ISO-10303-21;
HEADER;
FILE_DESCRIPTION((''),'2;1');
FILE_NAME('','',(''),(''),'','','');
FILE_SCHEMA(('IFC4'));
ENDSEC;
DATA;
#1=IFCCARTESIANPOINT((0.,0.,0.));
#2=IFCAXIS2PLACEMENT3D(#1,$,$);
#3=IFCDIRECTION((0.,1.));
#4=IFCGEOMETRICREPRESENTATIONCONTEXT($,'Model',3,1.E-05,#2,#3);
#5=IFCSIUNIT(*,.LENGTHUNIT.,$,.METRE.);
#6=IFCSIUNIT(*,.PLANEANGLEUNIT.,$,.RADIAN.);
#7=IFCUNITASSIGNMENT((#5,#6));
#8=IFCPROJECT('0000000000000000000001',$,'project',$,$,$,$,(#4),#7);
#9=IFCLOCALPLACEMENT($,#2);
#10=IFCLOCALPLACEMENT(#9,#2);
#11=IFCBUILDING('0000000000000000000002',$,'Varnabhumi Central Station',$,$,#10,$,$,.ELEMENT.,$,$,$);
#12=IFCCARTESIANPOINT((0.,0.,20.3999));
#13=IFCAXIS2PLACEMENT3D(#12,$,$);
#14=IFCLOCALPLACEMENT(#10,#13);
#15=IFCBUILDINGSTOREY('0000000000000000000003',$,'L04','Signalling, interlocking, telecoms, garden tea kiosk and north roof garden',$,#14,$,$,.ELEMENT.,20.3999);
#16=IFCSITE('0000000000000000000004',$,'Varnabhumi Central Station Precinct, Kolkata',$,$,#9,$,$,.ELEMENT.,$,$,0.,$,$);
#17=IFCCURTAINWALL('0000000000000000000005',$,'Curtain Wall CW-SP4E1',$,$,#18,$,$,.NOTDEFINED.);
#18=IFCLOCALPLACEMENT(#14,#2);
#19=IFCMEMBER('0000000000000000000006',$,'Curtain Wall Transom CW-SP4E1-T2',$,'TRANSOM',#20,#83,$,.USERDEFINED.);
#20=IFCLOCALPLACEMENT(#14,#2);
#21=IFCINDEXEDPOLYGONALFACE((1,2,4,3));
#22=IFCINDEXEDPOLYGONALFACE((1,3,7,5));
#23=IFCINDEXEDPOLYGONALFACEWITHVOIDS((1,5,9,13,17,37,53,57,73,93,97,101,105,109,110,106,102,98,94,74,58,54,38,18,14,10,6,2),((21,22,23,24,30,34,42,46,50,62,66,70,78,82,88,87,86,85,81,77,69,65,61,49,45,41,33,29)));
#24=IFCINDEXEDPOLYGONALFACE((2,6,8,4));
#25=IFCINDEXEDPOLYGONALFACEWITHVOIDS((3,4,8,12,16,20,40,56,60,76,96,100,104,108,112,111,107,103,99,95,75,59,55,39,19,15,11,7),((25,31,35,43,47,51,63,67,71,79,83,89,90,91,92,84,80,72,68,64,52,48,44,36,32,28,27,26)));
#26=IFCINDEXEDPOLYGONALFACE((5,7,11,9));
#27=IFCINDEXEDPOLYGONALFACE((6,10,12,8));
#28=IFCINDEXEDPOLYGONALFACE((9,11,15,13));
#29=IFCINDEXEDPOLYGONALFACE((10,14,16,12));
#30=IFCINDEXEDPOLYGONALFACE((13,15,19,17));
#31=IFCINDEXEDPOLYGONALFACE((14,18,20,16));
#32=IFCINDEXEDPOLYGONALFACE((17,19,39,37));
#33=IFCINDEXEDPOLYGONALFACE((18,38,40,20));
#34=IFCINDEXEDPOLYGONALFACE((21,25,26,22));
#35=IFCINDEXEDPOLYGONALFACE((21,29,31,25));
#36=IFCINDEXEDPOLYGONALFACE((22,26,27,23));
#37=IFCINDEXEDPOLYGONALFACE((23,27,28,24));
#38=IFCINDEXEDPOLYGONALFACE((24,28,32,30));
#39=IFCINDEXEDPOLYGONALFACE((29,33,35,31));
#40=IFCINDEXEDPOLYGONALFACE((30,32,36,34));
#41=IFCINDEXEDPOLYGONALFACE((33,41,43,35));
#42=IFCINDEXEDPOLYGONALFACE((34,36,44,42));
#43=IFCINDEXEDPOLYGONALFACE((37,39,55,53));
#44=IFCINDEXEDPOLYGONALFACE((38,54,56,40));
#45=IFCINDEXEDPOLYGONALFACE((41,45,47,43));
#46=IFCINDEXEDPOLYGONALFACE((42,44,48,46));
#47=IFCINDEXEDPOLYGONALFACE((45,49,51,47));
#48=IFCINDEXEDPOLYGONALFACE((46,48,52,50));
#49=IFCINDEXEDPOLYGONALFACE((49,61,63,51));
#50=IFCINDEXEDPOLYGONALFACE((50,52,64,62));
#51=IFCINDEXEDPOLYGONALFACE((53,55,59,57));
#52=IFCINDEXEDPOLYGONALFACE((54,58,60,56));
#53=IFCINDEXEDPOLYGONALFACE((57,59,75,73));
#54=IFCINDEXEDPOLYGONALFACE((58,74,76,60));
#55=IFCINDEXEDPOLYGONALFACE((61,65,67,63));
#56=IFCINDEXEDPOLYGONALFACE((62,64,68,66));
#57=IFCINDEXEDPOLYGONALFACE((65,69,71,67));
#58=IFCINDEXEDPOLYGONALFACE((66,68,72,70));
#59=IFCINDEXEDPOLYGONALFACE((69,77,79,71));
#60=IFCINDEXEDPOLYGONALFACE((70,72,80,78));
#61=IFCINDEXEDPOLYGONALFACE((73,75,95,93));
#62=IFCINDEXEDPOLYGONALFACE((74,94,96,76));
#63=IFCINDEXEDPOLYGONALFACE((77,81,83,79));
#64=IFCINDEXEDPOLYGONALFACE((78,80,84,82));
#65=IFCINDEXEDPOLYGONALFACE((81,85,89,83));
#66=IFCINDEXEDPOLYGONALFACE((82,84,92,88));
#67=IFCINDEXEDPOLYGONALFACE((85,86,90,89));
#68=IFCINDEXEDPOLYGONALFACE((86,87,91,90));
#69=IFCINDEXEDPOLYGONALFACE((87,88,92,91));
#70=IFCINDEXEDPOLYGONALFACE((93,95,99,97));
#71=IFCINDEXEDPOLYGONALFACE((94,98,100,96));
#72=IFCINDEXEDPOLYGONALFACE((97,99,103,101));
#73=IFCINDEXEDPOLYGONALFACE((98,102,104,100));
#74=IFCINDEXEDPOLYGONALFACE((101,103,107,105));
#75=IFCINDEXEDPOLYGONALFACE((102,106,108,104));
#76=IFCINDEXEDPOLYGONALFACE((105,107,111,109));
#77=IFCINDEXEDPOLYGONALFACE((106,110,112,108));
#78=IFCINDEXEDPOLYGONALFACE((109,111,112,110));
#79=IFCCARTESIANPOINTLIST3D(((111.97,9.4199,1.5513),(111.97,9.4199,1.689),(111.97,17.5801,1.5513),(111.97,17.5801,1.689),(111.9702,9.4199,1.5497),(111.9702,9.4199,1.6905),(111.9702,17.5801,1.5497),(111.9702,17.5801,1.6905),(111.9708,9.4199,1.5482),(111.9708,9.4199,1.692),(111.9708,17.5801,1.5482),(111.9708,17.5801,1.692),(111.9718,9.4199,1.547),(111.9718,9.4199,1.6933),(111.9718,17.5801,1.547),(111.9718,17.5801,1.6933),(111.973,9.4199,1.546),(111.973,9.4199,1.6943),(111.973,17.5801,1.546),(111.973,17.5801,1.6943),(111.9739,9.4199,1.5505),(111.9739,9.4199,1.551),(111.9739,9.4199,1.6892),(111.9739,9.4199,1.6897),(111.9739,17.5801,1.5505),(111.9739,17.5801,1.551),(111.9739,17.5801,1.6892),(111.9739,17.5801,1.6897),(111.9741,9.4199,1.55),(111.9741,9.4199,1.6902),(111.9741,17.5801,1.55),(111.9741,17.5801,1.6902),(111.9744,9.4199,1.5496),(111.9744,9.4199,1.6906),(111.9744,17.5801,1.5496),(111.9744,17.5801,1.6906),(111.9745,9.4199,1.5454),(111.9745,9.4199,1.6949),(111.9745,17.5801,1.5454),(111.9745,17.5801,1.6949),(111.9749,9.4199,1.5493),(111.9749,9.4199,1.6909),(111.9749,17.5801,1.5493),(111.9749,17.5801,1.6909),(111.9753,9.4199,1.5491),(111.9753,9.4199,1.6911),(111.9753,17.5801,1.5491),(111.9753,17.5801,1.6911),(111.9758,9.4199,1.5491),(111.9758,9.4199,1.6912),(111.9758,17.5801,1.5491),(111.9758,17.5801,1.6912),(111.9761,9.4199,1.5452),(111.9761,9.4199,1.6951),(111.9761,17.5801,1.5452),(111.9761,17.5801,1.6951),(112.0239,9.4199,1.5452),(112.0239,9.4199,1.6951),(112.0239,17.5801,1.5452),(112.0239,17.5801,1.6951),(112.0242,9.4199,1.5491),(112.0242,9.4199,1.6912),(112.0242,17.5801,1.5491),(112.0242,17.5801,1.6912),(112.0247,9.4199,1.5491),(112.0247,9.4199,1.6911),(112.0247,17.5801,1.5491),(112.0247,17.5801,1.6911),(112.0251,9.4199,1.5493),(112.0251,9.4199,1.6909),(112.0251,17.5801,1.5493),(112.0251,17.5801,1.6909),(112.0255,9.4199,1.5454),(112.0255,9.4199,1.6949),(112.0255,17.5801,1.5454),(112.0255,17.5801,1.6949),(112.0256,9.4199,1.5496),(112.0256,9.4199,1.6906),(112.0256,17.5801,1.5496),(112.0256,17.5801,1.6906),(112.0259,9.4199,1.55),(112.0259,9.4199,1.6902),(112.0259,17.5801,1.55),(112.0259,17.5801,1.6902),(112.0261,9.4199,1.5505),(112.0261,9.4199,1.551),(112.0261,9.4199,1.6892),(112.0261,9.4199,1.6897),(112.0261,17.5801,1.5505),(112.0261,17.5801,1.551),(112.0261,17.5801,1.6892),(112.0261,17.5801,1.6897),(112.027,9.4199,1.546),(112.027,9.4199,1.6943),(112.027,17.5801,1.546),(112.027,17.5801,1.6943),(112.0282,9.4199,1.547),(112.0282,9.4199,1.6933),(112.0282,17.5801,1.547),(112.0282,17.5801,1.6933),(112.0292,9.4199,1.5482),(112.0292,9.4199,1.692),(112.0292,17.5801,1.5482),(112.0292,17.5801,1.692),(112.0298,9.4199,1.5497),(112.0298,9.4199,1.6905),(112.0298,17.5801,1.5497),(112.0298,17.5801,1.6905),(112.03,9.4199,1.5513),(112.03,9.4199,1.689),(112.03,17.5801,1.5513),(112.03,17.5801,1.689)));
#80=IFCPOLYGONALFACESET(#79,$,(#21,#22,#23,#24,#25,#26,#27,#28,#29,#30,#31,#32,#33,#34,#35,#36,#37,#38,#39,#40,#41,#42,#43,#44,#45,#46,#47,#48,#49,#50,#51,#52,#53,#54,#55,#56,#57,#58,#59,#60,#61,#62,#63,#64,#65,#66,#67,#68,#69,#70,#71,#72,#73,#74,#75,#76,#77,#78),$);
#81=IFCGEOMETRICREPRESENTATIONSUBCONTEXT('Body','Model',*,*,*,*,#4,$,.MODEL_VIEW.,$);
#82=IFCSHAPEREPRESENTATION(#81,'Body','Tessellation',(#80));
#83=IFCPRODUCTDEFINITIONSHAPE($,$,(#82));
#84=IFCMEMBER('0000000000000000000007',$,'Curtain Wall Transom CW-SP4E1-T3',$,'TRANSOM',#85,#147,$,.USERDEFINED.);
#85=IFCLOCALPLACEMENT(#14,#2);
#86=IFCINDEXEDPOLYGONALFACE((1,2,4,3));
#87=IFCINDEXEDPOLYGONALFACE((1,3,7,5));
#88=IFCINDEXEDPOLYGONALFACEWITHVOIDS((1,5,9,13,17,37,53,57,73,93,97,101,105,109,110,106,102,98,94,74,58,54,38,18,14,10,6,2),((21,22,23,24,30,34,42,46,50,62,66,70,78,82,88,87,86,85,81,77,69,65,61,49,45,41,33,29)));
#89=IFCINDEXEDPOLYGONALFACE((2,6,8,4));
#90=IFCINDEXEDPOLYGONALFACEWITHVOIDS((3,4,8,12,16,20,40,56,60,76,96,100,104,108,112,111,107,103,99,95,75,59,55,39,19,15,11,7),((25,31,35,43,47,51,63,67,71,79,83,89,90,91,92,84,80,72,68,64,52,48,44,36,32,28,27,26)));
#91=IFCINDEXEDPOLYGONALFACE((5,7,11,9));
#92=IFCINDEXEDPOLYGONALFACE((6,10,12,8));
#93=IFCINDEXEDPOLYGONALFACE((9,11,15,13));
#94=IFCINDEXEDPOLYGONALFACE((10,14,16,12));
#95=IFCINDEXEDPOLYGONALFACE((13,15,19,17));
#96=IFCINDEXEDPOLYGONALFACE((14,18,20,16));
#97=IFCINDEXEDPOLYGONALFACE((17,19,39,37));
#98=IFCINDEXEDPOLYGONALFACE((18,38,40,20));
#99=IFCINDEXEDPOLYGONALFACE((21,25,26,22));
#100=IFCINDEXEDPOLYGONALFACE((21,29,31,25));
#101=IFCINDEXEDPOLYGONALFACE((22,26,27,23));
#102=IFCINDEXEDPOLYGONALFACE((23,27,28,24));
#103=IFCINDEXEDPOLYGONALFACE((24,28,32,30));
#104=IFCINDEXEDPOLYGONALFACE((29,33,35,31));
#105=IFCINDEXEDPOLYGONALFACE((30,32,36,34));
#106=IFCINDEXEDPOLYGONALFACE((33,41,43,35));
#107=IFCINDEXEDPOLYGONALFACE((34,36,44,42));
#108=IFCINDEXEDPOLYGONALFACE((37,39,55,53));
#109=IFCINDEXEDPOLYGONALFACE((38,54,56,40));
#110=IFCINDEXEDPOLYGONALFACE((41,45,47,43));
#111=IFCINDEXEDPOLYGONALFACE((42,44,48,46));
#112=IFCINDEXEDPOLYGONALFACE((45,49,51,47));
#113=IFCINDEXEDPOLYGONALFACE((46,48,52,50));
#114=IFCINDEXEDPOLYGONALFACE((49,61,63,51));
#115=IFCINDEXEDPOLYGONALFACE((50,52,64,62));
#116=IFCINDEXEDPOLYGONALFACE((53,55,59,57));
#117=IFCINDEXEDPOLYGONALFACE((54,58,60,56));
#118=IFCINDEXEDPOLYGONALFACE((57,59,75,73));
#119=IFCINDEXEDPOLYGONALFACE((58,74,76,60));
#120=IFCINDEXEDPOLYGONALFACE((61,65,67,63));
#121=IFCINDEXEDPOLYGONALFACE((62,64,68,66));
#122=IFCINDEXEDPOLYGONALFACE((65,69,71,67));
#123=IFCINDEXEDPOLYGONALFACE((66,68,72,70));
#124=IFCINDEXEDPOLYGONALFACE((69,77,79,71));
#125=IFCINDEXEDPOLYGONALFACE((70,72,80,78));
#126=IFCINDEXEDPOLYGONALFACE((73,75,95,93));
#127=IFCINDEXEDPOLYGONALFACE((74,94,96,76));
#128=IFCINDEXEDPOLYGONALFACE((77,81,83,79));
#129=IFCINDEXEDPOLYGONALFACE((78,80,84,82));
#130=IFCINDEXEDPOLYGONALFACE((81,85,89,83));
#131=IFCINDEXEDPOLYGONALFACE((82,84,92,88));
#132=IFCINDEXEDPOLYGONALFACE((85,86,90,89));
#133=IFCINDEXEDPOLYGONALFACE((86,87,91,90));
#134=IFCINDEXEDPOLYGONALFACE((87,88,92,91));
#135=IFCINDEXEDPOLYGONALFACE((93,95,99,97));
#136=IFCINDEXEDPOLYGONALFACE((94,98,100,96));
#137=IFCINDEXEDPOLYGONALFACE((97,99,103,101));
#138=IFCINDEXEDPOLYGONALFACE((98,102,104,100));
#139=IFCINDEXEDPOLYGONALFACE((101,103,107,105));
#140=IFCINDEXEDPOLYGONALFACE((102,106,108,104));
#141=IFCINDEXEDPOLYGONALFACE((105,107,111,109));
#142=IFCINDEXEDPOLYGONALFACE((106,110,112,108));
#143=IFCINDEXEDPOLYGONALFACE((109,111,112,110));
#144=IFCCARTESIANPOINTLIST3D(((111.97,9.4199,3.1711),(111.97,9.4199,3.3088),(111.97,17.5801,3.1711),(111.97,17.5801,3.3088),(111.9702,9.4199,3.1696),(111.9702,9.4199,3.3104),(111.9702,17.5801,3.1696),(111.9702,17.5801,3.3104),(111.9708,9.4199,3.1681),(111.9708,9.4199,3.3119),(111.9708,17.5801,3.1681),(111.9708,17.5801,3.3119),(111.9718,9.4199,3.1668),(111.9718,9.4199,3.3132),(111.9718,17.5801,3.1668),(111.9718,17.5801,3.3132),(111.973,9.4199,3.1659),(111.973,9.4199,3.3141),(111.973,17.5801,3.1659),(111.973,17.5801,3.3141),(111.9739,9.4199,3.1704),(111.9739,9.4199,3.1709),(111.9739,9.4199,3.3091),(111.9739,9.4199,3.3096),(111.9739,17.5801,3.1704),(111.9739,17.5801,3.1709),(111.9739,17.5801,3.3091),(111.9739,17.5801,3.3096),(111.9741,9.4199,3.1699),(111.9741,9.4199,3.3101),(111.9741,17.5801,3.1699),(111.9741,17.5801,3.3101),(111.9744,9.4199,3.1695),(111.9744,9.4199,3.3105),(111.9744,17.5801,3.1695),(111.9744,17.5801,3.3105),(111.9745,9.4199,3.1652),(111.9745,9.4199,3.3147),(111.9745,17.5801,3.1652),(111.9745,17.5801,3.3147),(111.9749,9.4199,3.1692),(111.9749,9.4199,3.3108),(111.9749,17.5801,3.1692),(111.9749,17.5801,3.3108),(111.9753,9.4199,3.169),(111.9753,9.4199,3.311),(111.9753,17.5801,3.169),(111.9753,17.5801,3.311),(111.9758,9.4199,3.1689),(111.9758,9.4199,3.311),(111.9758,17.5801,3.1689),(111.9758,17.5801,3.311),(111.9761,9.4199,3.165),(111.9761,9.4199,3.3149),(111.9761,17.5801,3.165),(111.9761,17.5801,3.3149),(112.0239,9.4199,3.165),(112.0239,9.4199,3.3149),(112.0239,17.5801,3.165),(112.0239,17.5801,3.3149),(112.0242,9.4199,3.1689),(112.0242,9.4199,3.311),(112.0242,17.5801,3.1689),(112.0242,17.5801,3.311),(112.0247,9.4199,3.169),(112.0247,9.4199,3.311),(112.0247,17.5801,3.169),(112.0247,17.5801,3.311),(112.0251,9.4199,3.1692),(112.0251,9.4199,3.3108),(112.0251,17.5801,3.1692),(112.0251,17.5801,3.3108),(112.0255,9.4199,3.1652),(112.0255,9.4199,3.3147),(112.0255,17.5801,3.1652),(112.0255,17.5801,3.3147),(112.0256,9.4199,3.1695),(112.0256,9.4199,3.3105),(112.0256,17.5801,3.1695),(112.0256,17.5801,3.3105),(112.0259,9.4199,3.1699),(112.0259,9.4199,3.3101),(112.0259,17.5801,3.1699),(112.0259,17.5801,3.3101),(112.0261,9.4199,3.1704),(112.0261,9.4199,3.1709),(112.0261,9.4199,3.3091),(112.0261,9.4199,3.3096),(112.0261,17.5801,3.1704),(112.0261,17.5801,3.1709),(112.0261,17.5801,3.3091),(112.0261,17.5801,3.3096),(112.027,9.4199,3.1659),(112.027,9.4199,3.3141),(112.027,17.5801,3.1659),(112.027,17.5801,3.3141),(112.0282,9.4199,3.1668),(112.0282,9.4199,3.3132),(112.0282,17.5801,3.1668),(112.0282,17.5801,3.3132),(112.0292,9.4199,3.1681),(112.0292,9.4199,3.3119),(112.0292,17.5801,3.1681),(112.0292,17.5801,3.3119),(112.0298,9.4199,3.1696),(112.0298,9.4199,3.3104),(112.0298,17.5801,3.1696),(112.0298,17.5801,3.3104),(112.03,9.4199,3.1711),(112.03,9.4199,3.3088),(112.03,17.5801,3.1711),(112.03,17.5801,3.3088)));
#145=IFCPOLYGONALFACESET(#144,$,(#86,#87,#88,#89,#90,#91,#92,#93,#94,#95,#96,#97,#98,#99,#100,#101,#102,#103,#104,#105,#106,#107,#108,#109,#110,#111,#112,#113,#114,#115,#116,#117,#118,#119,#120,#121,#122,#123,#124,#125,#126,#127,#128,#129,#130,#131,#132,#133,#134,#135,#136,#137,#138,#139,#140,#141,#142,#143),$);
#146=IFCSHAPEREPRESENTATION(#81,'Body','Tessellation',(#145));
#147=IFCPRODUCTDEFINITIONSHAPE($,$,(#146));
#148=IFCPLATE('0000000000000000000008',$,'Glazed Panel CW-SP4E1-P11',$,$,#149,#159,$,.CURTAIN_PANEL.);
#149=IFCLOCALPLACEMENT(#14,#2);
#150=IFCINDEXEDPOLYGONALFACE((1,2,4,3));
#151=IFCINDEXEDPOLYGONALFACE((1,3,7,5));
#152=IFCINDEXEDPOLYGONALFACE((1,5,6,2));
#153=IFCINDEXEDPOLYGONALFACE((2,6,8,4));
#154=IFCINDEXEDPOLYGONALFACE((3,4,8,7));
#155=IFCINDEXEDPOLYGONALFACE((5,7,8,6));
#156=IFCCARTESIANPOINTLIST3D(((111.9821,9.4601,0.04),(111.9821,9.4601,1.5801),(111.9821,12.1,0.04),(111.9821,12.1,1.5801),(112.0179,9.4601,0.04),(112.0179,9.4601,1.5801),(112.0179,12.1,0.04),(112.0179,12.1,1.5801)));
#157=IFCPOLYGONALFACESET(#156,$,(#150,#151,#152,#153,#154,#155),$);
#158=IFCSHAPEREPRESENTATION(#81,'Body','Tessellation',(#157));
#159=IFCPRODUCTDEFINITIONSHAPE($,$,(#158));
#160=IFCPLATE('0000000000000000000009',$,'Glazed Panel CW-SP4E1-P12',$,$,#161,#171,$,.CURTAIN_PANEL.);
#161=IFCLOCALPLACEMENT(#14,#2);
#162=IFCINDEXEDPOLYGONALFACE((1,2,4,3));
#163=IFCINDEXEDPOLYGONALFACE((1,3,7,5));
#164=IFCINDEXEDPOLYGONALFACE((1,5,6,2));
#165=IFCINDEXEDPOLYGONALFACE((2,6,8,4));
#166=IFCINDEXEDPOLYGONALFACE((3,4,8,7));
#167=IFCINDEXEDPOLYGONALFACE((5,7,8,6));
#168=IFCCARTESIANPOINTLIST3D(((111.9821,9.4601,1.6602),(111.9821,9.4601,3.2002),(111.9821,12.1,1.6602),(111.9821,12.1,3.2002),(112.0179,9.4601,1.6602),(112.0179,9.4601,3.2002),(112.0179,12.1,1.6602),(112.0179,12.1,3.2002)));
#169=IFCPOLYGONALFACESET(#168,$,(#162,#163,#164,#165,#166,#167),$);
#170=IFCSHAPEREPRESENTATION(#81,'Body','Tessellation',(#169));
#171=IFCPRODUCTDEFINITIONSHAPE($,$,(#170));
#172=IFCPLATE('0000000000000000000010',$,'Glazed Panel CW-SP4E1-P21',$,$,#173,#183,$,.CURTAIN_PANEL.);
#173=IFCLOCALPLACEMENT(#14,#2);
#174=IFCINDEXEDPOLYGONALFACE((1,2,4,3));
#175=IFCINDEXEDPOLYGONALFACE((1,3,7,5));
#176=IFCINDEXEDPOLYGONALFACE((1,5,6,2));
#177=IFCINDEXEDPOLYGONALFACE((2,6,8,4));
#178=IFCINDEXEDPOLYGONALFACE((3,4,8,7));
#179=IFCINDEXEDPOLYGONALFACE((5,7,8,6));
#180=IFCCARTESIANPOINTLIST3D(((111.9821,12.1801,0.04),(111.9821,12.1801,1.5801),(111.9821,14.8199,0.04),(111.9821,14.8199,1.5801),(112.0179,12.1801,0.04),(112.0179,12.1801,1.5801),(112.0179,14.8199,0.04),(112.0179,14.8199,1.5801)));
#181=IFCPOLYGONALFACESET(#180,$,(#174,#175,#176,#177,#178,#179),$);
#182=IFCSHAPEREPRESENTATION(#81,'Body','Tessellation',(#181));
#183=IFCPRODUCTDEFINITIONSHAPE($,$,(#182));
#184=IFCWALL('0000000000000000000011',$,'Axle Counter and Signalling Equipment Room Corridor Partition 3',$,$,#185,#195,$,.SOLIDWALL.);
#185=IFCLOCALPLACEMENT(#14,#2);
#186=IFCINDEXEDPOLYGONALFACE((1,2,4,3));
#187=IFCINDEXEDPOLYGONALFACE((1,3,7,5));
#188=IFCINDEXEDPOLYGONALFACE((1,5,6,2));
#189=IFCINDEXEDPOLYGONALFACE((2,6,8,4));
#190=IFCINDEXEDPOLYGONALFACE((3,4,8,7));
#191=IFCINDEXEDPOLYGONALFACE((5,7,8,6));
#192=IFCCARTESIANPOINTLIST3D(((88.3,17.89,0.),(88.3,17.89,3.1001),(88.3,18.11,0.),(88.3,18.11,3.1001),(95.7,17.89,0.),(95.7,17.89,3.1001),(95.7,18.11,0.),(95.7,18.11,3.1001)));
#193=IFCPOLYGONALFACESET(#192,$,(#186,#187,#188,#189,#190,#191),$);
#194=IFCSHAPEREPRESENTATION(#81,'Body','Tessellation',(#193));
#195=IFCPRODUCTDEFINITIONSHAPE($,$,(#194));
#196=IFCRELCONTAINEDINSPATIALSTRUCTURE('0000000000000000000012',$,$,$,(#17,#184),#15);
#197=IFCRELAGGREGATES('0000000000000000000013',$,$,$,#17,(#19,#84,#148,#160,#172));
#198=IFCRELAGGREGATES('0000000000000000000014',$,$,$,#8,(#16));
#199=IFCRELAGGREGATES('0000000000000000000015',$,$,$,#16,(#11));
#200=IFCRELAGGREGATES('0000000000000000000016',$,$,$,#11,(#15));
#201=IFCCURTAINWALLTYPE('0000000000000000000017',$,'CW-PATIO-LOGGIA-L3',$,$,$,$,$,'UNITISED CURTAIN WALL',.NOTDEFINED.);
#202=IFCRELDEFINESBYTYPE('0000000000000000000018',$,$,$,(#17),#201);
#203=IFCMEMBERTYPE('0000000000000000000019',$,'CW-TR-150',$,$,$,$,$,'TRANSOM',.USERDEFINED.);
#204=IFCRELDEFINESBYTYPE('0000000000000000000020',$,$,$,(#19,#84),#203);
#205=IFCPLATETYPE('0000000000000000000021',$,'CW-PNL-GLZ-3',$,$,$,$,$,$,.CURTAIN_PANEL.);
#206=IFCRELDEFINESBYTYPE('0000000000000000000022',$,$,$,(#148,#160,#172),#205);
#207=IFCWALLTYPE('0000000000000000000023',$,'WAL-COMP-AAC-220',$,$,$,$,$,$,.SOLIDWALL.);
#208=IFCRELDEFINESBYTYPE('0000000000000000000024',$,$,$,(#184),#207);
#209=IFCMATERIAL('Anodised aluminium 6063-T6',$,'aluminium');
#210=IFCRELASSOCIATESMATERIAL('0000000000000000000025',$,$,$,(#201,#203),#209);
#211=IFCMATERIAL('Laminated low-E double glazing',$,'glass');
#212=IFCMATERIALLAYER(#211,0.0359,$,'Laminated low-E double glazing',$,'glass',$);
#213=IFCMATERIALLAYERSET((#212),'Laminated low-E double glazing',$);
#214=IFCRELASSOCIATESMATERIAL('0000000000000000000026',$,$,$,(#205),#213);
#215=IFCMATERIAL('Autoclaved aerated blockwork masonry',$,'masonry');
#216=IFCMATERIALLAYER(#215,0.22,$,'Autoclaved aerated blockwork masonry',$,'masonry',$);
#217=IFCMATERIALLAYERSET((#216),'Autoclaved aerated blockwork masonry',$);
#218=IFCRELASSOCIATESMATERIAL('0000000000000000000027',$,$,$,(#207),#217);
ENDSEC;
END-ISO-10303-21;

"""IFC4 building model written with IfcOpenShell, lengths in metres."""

from ifc_helpers import new_model, si_unit, direction, frame, frame_2d, origin, origin_2d, place, context, subcontext, project, spatial, rectangle, hollow_rectangle, extrude, material, layer, layer_set, material_profile, profile_set, type_object, element, aggregate, save


model = new_model("IFC4")

# Units and contexts
model_context = context("Model", 3, precision=1e-05, world=origin(), true_north=direction((0.0, 1.0)))
body_context = subcontext(model_context, "Body", "Model", "MODEL_VIEW")
ifc_project = project(units=[si_unit("LENGTHUNIT", "METRE"), si_unit("PLANEANGLEUNIT", "RADIAN")], contexts=[model_context])

# Site, building, storey
site_placement = place(None, origin())
site = spatial("IfcSite", under=ifc_project, at=site_placement, Name="Varnabhumi Central Station Precinct, Kolkata", CompositionType="ELEMENT", RefElevation=0.0)
building_placement = place(site_placement, origin())
building = spatial("IfcBuilding", under=site, at=building_placement, Name="Varnabhumi Central Station", CompositionType="ELEMENT")
storey_placement = place(building_placement, frame((0.0, 0.0, 20.3999)))
storey = spatial("IfcBuildingStorey", under=building, at=storey_placement, Name="L04", Description="Signalling, interlocking, telecoms, garden tea kiosk and north roof garden", CompositionType="ELEMENT", Elevation=20.3999)

# Curtain wall, members, plates
ifc_material_1 = material(Name="Anodised aluminium 6063-T6", Category="aluminium")
curtain_wall_type = type_object("IfcCurtainWallType", Name="CW-PATIO-LOGGIA-L3", ElementType="UNITISED CURTAIN WALL", PredefinedType="NOTDEFINED", material=ifc_material_1)
curtain_wall_placement = place(storey_placement, origin())
curtain_wall = element("IfcCurtainWall", 1, at=curtain_wall_placement, inside=storey, type_object=curtain_wall_type, Name="Curtain Wall CW-SP4E1", PredefinedType="NOTDEFINED")
ifc_material_profile_1 = material_profile(ifc_material_1, hollow_rectangle(XDim=0.0601, YDim=0.1499, WallThickness=0.0039, InnerFilletRadius=0.002, OuterFilletRadius=0.0061, at=origin_2d()), Name="Anodised aluminium 6063-T6", Category="aluminium")
ifc_profile_set_1 = profile_set([ifc_material_profile_1], Name="Anodised aluminium 6063-T6")
member_type_1 = type_object("IfcMemberType", Name="CW-TR-150", ElementType="TRANSOM", PredefinedType="USERDEFINED", material=ifc_profile_set_1)
member_1_placement = place(storey_placement, frame((112.0, 9.4199, 1.6201), z_axis=(0.0, 1.0, 0.0), x_axis=(-1.0, 0.0, 0.0)))
member_1 = element("IfcMember", 2, at=member_1_placement, type_object=member_type_1, Name="Curtain Wall Transom CW-SP4E1-T2", ObjectType="TRANSOM", PredefinedType="USERDEFINED", context=body_context, shape_type="SweptSolid", body=[
    extrude(hollow_rectangle(XDim=0.0601, YDim=0.1499, WallThickness=0.0039, InnerFilletRadius=0.002, OuterFilletRadius=0.0061, at=origin_2d()), origin(), (0.0, 0.0, 1.0), 8.1602),
])
member_2_placement = place(storey_placement, frame((112.0, 9.4199, 3.24), z_axis=(0.0, 1.0, 0.0), x_axis=(-1.0, 0.0, 0.0)))
member_2 = element("IfcMember", 3, at=member_2_placement, type_object=member_type_1, Name="Curtain Wall Transom CW-SP4E1-T3", ObjectType="TRANSOM", PredefinedType="USERDEFINED", context=body_context, shape_type="SweptSolid", body=[
    extrude(hollow_rectangle(XDim=0.0601, YDim=0.1499, WallThickness=0.0039, InnerFilletRadius=0.002, OuterFilletRadius=0.0061, at=origin_2d()), origin(), (0.0, 0.0, 1.0), 8.1602),
])
ifc_material_2 = material(Name="Laminated low-E double glazing", Category="glass")
ifc_layer_1 = layer(ifc_material_2, 0.0359, Name="Laminated low-E double glazing", Category="glass")
ifc_layer_set_1 = layer_set([ifc_layer_1], Name="Laminated low-E double glazing")
plate_type = type_object("IfcPlateType", Name="CW-PNL-GLZ-3", PredefinedType="CURTAIN_PANEL", material=ifc_layer_set_1)
plate_1_placement = place(storey_placement, frame((112.0, 10.78, 0.04), z_axis=(0.0, 0.0, 1.0), x_axis=(0.0, 1.0, 0.0)))
plate_1 = element("IfcPlate", 4, at=plate_1_placement, type_object=plate_type, Name="Glazed Panel CW-SP4E1-P11", PredefinedType="CURTAIN_PANEL", context=body_context, shape_type="SweptSolid", body=[
    extrude(rectangle(XDim=2.6399, YDim=0.0359, at=origin_2d()), origin(), (0.0, 0.0, 1.0), 1.54),
])
plate_2_placement = place(storey_placement, frame((112.0, 10.78, 1.6602), z_axis=(0.0, 0.0, 1.0), x_axis=(0.0, 1.0, 0.0)))
plate_2 = element("IfcPlate", 5, at=plate_2_placement, type_object=plate_type, Name="Glazed Panel CW-SP4E1-P12", PredefinedType="CURTAIN_PANEL", context=body_context, shape_type="SweptSolid", body=[
    extrude(rectangle(XDim=2.6399, YDim=0.0359, at=origin_2d()), origin(), (0.0, 0.0, 1.0), 1.54),
])
plate_3_placement = place(storey_placement, frame((112.0, 13.5, 0.04), z_axis=(0.0, 0.0, 1.0), x_axis=(0.0, 1.0, 0.0)))
plate_3 = element("IfcPlate", 6, at=plate_3_placement, type_object=plate_type, Name="Glazed Panel CW-SP4E1-P21", PredefinedType="CURTAIN_PANEL", context=body_context, shape_type="SweptSolid", body=[
    extrude(rectangle(XDim=2.6399, YDim=0.0359, at=origin_2d()), origin(), (0.0, 0.0, 1.0), 1.54),
])
aggregate(curtain_wall, [member_1, member_2, plate_1, plate_2, plate_3])

# Wall
ifc_material_3 = material(Name="Autoclaved aerated blockwork masonry", Category="masonry")
ifc_layer_2 = layer(ifc_material_3, 0.22, Name="Autoclaved aerated blockwork masonry", Category="masonry")
ifc_layer_set_2 = layer_set([ifc_layer_2], Name="Autoclaved aerated blockwork masonry")
wall_type_1 = type_object("IfcWallType", Name="WAL-COMP-AAC-220", PredefinedType="SOLIDWALL", material=ifc_layer_set_2)
for number, where, z_axis, x_axis, name in (
    (7, (88.3, 18.0, 0.0), (0.0, 0.0, 1.0), (1.0, 0.0, 0.0), "Axle Counter and Signalling Equipment Room Corridor Partition 3"),
):
    element("IfcWall", number, at=place(storey_placement, frame(where, z_axis=z_axis, x_axis=x_axis)), inside=storey, type_object=wall_type_1, Name=name, PredefinedType="SOLIDWALL", context=body_context, shape_type="SweptSolid", body=[
        extrude(rectangle(XDim=7.3999, YDim=0.22, at=frame_2d((3.7, 0.0))), origin(), (0.0, 0.0, 1.0), 3.1001),
    ])

save(model, "model.ifc")
